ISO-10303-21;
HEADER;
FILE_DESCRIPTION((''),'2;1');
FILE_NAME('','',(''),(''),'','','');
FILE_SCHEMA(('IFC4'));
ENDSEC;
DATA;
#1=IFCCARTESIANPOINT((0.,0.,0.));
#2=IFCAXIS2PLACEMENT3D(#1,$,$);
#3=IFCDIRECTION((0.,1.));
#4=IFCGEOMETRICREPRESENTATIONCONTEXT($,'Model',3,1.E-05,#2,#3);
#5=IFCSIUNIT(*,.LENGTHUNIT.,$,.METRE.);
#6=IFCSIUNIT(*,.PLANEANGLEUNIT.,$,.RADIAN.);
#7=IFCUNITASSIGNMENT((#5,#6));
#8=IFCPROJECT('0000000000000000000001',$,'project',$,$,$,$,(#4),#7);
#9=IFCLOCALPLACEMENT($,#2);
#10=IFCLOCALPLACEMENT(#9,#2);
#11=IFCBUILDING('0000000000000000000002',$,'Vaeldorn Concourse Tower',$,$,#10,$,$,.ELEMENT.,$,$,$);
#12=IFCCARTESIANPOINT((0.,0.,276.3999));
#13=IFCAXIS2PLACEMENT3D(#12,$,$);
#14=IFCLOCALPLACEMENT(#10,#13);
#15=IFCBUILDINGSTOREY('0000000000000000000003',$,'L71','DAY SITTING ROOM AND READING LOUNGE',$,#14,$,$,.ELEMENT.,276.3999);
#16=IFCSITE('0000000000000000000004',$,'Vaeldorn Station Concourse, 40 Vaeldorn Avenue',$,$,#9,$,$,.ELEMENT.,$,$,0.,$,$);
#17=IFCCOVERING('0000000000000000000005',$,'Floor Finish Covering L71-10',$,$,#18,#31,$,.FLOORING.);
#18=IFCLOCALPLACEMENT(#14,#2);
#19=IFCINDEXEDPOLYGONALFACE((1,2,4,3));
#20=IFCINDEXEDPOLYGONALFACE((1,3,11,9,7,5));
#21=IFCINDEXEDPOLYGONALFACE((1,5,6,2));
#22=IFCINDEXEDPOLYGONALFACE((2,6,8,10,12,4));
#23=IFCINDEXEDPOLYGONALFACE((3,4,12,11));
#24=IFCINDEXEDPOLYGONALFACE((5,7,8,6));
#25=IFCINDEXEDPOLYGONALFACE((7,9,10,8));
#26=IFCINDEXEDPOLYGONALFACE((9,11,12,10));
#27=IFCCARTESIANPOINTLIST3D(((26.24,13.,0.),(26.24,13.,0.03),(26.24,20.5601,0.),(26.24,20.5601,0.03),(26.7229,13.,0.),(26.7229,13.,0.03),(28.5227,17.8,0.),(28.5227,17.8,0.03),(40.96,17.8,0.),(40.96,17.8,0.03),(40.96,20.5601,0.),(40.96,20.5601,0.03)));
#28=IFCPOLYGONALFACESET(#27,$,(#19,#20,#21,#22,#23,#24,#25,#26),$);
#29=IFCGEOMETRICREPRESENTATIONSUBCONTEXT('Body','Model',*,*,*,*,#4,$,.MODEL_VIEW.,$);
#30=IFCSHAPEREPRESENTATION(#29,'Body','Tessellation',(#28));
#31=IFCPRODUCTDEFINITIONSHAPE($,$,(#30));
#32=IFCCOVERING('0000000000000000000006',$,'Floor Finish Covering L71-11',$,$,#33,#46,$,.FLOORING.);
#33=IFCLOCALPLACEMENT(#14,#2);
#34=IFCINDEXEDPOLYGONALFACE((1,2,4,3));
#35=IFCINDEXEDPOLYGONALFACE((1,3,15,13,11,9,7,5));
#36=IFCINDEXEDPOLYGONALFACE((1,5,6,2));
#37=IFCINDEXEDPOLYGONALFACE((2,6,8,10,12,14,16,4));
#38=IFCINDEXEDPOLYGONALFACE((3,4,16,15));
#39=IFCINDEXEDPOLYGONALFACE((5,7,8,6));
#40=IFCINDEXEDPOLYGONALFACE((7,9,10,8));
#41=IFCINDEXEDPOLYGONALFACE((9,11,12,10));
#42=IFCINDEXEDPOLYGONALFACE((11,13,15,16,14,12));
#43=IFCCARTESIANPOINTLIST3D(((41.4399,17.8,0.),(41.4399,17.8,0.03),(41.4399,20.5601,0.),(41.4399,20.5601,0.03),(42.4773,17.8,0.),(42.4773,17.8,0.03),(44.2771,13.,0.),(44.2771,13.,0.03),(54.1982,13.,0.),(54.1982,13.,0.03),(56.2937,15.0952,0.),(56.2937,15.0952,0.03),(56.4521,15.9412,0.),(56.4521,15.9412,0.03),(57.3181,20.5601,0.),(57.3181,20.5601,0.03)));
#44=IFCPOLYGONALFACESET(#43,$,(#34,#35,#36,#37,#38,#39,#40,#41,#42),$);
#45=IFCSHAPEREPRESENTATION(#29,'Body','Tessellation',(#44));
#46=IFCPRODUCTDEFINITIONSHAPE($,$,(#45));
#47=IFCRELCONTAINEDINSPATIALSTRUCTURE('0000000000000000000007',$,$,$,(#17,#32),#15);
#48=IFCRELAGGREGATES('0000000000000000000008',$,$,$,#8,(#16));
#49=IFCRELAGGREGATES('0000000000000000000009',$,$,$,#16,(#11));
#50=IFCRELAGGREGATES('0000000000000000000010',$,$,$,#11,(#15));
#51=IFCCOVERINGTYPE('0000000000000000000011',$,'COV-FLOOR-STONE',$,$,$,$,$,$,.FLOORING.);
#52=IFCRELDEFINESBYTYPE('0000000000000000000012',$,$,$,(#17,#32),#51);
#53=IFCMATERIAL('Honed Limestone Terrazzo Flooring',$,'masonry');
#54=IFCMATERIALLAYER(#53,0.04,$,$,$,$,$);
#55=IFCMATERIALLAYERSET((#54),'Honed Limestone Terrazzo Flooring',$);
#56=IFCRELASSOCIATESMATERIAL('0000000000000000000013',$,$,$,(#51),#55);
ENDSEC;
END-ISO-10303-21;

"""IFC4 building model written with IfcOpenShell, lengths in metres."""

from ifc_helpers import new_model, si_unit, direction, frame, origin, place, context, subcontext, project, spatial, polyline, outline, extrude, material, layer, layer_set, type_object, element, save


model = new_model("IFC4")

# Units and contexts
model_context = context("Model", 3, precision=1e-05, world=origin(), true_north=direction((0.0, 1.0)))
body_context = subcontext(model_context, "Body", "Model", "MODEL_VIEW")
ifc_project = project(units=[si_unit("LENGTHUNIT", "METRE"), si_unit("PLANEANGLEUNIT", "RADIAN")], contexts=[model_context])

# Site, building, storey
site_placement = place(None, origin())
site = spatial("IfcSite", under=ifc_project, at=site_placement, Name="Vaeldorn Station Concourse, 40 Vaeldorn Avenue", CompositionType="ELEMENT", RefElevation=0.0)
building_placement = place(site_placement, origin())
building = spatial("IfcBuilding", under=site, at=building_placement, Name="Vaeldorn Concourse Tower", CompositionType="ELEMENT")
storey_placement = place(building_placement, frame((0.0, 0.0, 276.3999)))
storey = spatial("IfcBuildingStorey", under=building, at=storey_placement, Name="L71", Description="DAY SITTING ROOM AND READING LOUNGE", CompositionType="ELEMENT", Elevation=276.3999)

# Coverings
ifc_material_1 = material(Name="Honed Limestone Terrazzo Flooring", Category="masonry")
ifc_layer_1 = layer(ifc_material_1, 0.04)
ifc_layer_set_1 = layer_set([ifc_layer_1], Name="Honed Limestone Terrazzo Flooring")
covering_type_1 = type_object("IfcCoveringType", Name="COV-FLOOR-STONE", PredefinedType="FLOORING", material=ifc_layer_set_1)
covering_1_placement = place(storey_placement, origin())
element("IfcCovering", 1, at=covering_1_placement, inside=storey, type_object=covering_type_1, Name="Floor Finish Covering L71-10", PredefinedType="FLOORING", context=body_context, shape_type="SweptSolid", body=[
    extrude(outline(polyline([(26.7229, 13.0), (26.24, 13.0), (26.24, 20.5601), (40.96, 20.5601), (40.96, 17.8), (28.5227, 17.8), (26.7229, 13.0)])), origin(), (0.0, 0.0, 1.0), 0.03),
])
covering_2_placement = place(storey_placement, origin())
element("IfcCovering", 2, at=covering_2_placement, inside=storey, type_object=covering_type_1, Name="Floor Finish Covering L71-11", PredefinedType="FLOORING", context=body_context, shape_type="SweptSolid", body=[
    extrude(outline(polyline([(41.4399, 17.8), (41.4399, 20.5601), (57.3181, 20.5601), (56.4521, 15.9412), (56.4521, 15.9412), (56.2937, 15.0952), (54.1982, 13.0), (44.2771, 13.0), (42.4773, 17.8), (41.4399, 17.8)])), origin(), (0.0, 0.0, 1.0), 0.03),
])

save(model, "model.ifc")
